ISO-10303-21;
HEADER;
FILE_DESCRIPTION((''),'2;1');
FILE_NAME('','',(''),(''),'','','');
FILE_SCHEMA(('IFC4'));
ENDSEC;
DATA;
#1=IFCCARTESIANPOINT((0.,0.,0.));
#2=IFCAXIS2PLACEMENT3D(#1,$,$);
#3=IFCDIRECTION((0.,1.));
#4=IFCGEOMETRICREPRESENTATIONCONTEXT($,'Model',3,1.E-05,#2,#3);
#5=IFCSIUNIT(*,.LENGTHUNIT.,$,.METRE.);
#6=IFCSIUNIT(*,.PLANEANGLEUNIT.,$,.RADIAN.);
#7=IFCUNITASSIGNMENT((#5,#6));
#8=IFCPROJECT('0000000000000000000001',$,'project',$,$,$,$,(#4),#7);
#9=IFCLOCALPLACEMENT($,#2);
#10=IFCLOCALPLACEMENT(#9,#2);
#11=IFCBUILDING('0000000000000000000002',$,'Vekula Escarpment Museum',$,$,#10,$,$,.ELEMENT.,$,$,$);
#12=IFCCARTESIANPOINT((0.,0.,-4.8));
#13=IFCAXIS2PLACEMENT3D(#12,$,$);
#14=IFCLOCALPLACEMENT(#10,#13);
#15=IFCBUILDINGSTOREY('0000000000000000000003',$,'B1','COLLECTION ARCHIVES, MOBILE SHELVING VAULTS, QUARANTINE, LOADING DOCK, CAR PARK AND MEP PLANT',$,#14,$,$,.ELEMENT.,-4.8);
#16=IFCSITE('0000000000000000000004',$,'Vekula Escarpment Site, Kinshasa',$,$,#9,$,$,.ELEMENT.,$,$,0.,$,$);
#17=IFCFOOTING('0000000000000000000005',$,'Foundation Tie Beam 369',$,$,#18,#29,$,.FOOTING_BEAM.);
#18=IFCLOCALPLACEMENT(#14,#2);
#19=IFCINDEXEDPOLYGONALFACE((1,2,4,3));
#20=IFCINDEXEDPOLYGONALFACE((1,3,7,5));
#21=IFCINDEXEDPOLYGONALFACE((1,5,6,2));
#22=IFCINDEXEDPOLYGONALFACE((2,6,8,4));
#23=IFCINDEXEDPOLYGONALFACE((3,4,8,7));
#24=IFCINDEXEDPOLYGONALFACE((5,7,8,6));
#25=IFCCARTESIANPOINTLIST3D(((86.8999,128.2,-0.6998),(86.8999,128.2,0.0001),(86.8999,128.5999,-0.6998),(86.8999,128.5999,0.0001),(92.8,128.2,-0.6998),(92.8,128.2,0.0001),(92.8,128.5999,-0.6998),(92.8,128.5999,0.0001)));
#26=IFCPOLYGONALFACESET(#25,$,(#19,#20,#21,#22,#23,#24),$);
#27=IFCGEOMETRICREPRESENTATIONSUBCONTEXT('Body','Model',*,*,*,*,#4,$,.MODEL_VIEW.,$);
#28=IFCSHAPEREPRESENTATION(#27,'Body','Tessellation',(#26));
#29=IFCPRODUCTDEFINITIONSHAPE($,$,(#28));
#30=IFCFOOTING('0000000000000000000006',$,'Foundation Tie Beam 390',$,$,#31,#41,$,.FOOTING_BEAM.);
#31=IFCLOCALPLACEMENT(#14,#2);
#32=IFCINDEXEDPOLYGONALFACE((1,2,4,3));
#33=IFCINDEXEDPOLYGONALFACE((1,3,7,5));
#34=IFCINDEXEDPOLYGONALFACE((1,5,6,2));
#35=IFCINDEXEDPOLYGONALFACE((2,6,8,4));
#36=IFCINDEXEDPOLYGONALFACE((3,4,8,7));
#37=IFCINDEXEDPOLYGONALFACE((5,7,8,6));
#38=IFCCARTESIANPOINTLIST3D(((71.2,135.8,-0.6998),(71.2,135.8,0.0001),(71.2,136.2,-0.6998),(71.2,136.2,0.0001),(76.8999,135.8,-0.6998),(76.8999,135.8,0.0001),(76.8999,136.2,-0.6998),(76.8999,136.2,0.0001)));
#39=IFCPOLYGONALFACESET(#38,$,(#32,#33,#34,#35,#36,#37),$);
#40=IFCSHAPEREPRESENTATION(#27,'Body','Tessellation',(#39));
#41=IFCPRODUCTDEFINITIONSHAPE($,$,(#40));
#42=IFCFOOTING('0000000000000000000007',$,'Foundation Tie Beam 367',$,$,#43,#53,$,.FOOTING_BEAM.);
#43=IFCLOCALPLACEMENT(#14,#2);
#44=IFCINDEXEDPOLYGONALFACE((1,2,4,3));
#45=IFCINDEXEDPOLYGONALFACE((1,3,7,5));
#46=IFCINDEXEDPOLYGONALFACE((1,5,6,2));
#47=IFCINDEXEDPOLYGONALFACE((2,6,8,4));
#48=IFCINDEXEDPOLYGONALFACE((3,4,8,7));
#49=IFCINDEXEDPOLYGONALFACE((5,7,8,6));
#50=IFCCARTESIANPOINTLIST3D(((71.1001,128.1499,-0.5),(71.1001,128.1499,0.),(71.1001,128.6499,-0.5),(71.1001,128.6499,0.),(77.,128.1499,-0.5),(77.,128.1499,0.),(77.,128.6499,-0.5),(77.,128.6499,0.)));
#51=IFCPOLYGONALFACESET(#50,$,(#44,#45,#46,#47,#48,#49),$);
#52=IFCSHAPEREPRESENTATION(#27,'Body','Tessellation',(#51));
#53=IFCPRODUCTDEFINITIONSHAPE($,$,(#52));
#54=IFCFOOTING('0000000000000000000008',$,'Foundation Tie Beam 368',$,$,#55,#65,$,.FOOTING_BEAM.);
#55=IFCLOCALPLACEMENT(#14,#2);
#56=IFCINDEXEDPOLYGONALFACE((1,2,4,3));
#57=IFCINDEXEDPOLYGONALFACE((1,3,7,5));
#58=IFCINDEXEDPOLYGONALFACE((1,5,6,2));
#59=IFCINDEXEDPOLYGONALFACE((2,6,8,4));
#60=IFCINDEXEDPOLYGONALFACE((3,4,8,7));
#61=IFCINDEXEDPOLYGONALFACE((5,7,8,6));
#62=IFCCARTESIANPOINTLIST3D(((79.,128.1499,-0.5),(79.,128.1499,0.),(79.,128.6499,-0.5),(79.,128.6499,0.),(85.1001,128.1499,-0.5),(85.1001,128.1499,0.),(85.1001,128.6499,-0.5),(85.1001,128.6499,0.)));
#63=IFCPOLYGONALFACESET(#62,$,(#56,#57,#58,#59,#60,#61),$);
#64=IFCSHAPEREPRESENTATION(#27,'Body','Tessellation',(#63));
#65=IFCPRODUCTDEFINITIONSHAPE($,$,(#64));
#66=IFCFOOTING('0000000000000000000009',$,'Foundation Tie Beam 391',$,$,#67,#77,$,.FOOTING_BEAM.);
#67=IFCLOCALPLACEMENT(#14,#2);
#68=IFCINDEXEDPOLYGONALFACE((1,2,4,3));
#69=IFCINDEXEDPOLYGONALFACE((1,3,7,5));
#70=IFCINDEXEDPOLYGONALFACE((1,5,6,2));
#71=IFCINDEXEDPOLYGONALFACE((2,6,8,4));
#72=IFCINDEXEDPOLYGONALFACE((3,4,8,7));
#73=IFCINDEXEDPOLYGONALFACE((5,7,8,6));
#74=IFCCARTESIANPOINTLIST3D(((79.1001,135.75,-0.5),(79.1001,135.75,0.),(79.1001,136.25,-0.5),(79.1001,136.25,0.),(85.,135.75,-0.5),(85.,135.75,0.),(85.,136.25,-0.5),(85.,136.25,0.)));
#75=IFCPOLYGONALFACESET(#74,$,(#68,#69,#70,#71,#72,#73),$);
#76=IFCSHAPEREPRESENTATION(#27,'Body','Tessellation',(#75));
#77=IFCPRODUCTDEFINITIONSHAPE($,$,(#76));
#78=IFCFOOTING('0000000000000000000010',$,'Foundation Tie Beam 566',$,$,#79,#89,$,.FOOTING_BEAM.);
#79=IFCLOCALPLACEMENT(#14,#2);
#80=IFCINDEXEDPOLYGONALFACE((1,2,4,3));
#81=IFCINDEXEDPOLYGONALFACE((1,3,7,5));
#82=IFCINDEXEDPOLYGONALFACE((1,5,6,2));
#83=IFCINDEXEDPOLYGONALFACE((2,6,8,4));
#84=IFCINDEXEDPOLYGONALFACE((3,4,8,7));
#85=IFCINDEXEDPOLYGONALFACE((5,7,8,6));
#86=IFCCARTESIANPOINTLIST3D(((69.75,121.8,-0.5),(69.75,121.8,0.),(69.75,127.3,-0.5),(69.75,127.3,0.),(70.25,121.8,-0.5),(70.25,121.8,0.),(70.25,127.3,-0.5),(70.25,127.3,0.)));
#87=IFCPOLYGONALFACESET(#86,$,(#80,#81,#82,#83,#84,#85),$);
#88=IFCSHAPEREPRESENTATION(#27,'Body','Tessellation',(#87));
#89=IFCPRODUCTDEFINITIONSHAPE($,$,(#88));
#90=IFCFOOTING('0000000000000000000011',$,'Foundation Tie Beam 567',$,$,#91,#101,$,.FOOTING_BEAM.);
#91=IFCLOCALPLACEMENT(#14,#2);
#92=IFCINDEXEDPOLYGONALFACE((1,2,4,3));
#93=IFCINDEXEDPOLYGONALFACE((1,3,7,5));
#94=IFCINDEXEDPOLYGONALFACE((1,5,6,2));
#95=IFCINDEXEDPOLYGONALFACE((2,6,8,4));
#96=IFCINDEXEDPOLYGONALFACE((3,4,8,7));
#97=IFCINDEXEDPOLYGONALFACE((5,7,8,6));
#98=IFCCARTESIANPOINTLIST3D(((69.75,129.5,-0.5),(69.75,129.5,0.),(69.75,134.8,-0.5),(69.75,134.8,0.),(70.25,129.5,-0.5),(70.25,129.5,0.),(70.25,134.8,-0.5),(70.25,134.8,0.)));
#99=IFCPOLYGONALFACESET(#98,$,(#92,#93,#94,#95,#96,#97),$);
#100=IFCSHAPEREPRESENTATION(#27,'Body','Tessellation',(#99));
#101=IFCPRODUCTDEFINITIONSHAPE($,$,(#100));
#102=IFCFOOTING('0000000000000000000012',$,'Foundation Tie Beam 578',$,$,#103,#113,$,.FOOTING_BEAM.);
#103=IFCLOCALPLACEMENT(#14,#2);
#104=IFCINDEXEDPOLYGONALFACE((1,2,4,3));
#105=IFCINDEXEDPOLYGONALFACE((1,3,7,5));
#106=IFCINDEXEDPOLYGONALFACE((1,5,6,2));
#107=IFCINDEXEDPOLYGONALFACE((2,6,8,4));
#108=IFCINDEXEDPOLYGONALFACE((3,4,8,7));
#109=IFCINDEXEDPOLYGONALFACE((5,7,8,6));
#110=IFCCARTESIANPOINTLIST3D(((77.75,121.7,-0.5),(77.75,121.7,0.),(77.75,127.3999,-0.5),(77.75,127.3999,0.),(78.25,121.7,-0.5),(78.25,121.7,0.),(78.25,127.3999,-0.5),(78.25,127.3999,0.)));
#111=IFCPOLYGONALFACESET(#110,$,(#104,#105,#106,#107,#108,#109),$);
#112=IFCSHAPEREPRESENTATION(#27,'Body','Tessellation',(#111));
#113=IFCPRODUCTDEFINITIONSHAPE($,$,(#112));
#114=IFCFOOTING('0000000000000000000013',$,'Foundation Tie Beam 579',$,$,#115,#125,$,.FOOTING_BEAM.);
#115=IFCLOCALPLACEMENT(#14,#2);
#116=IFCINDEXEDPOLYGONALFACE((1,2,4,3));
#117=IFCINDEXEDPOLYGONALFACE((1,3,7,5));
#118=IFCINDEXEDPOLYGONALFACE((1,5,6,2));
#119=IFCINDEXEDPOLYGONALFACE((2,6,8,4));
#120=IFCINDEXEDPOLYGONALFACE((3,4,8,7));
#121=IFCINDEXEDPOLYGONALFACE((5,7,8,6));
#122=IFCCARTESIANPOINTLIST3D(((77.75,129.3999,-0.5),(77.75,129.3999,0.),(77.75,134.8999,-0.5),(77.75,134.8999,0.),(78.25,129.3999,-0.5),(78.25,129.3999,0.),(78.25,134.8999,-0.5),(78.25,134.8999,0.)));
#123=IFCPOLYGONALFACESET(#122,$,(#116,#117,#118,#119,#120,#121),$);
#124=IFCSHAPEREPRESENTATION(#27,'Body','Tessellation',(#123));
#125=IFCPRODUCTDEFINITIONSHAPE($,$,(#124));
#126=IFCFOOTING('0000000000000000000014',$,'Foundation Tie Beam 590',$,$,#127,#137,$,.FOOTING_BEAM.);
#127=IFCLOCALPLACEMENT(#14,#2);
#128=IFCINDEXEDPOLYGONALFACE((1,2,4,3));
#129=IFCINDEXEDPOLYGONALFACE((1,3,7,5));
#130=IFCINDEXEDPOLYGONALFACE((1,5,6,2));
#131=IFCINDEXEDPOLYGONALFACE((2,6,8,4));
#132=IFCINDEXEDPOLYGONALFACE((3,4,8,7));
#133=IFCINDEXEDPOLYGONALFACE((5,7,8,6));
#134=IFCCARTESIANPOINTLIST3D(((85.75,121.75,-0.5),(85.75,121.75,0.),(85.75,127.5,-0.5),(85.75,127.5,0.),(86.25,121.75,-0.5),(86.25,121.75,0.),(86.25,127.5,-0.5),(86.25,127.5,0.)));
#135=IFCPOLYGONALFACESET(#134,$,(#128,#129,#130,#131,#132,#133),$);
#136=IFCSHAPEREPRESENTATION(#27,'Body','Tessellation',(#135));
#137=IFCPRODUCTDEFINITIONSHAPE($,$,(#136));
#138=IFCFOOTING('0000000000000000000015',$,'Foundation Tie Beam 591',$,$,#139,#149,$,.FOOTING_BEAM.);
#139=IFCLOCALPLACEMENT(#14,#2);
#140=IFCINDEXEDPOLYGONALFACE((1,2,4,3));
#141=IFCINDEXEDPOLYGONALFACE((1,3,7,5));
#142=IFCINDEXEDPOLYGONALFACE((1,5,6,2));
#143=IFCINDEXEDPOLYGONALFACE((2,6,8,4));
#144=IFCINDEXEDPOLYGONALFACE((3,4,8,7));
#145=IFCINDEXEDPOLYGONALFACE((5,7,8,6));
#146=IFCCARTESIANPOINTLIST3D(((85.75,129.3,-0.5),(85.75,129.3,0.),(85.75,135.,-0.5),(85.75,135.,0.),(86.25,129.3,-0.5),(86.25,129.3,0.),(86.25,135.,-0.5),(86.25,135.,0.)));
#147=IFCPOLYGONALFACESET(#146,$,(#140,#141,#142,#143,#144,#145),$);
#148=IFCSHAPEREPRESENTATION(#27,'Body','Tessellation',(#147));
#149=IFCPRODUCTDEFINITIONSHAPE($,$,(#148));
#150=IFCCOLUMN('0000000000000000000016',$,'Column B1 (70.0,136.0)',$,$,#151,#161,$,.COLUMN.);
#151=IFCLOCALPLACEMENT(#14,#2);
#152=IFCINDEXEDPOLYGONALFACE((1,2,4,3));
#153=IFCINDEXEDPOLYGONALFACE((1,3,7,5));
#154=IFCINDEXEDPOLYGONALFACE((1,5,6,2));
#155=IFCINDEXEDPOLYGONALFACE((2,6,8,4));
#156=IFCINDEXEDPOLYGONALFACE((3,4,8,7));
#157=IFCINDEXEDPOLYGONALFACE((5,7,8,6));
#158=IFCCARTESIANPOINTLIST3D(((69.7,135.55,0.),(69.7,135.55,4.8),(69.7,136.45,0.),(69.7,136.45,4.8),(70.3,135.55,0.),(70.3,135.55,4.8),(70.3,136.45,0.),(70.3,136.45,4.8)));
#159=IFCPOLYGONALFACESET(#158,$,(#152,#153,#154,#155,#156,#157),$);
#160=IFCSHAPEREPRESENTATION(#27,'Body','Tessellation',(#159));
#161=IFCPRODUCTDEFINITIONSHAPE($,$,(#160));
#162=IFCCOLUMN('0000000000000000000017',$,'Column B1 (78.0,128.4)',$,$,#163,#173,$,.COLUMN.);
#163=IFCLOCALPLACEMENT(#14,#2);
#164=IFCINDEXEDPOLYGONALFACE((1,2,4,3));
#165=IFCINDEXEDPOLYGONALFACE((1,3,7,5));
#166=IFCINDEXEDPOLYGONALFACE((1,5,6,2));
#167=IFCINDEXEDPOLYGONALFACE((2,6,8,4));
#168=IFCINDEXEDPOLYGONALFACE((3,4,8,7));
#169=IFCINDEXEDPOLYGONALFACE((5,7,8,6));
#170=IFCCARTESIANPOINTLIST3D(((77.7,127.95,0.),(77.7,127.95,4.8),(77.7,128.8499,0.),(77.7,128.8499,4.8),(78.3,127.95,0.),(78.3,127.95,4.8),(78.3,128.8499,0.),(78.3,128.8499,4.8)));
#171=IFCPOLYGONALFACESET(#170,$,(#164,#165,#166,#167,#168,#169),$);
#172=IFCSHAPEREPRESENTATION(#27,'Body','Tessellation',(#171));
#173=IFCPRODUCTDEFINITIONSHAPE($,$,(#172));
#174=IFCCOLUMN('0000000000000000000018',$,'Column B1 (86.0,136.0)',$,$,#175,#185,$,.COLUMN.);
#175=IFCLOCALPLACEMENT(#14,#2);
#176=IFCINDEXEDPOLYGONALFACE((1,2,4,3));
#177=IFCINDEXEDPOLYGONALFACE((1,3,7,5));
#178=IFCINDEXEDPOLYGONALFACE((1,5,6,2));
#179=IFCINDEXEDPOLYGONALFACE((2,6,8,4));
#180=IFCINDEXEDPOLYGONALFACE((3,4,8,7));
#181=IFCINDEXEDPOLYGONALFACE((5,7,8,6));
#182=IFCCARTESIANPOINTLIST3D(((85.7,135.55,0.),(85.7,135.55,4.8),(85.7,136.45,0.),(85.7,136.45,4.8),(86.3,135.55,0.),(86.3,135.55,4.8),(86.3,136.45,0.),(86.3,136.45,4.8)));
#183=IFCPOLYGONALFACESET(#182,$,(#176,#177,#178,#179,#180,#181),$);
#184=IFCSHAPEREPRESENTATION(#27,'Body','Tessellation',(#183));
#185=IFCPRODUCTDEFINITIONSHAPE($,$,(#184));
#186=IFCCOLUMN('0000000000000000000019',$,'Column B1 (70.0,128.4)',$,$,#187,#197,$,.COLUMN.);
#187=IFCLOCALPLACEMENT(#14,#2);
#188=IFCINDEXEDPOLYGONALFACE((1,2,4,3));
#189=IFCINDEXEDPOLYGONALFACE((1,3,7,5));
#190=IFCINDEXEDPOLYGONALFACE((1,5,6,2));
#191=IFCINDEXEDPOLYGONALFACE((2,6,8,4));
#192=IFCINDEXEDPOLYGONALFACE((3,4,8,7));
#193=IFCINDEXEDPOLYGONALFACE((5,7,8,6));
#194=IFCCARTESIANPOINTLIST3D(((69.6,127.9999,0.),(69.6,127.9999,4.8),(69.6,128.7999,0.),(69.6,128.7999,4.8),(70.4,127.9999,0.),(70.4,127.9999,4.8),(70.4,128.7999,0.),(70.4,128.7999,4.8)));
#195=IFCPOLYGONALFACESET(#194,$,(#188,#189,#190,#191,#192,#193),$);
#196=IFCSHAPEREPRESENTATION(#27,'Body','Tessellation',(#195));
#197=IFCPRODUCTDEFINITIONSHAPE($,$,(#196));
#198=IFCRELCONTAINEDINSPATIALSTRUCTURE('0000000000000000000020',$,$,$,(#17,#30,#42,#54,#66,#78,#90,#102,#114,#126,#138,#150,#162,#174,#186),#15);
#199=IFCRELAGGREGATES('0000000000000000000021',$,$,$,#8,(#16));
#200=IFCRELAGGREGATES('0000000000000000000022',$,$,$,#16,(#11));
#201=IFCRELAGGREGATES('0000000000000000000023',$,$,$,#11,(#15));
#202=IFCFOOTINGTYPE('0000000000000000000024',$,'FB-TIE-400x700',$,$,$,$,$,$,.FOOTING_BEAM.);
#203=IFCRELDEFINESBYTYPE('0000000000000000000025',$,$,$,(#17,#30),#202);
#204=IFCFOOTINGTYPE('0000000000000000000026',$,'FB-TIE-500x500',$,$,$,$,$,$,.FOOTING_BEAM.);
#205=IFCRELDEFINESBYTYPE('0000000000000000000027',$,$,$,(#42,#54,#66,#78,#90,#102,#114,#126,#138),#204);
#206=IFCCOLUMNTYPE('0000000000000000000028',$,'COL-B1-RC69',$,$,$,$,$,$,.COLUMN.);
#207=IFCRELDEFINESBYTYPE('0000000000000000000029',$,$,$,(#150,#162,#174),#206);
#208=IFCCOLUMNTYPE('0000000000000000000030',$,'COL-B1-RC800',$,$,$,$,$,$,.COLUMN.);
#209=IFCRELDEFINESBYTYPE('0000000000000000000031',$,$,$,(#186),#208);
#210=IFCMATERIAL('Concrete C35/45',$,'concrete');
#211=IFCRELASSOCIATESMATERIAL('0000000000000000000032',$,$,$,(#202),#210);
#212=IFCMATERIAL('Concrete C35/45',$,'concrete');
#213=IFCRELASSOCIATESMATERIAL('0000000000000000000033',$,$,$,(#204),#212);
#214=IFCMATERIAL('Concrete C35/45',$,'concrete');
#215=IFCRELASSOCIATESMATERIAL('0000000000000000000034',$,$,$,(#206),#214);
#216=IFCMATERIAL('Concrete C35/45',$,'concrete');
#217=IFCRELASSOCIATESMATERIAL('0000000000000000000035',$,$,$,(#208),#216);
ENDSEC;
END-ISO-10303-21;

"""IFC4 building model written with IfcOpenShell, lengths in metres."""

from ifc_helpers import new_model, si_unit, direction, frame, origin, origin_2d, place, context, subcontext, project, spatial, rectangle, extrude, material, material_profile, profile_set, type_object, element, save


model = new_model("IFC4")

# Units and contexts
model_context = context("Model", 3, precision=1e-05, world=origin(), true_north=direction((0.0, 1.0)))
body_context = subcontext(model_context, "Body", "Model", "MODEL_VIEW")
ifc_project = project(units=[si_unit("LENGTHUNIT", "METRE"), si_unit("PLANEANGLEUNIT", "RADIAN")], contexts=[model_context])

# Site, building, storey
site_placement = place(None, origin())
site = spatial("IfcSite", under=ifc_project, at=site_placement, Name="Vekula Escarpment Site, Kinshasa", CompositionType="ELEMENT", RefElevation=0.0)
building_placement = place(site_placement, origin())
building = spatial("IfcBuilding", under=site, at=building_placement, Name="Vekula Escarpment Museum", CompositionType="ELEMENT")
storey_placement = place(building_placement, frame((0.0, 0.0, -4.8)))
storey = spatial("IfcBuildingStorey", under=building, at=storey_placement, Name="B1", Description="COLLECTION ARCHIVES, MOBILE SHELVING VAULTS, QUARANTINE, LOADING DOCK, CAR PARK AND MEP PLANT", CompositionType="ELEMENT", Elevation=-4.8)

# Footings
ifc_material_1 = material(Name="Concrete C35/45", Category="concrete")
ifc_material_profile_1 = material_profile(ifc_material_1, rectangle(XDim=0.3999, YDim=0.7, at=origin_2d()), Name="RC 400x700")
ifc_profile_set_1 = profile_set([ifc_material_profile_1], Name="Concrete C35/45")
footing_type_1 = type_object("IfcFootingType", Name="FB-TIE-400x700", PredefinedType="FOOTING_BEAM", material=ifc_profile_set_1)
footing_1_placement = place(storey_placement, frame((86.8999, 128.3999, -0.3499), z_axis=(1.0, 0.0, 0.0), x_axis=(0.0, 1.0, 0.0)))
element("IfcFooting", 1, at=footing_1_placement, inside=storey, type_object=footing_type_1, Name="Foundation Tie Beam 369", PredefinedType="FOOTING_BEAM", context=body_context, shape_type="SweptSolid", body=[
    extrude(rectangle(XDim=0.3999, YDim=0.7, at=origin_2d()), origin(), (0.0, 0.0, 1.0), 5.9001),
])
footing_2_placement = place(storey_placement, frame((71.2, 136.0, -0.3499), z_axis=(1.0, 0.0, 0.0), x_axis=(0.0, 1.0, 0.0)))
element("IfcFooting", 2, at=footing_2_placement, inside=storey, type_object=footing_type_1, Name="Foundation Tie Beam 390", PredefinedType="FOOTING_BEAM", context=body_context, shape_type="SweptSolid", body=[
    extrude(rectangle(XDim=0.3999, YDim=0.7, at=origin_2d()), origin(), (0.0, 0.0, 1.0), 5.7),
])
ifc_material_2 = material(Name="Concrete C35/45", Category="concrete")
ifc_material_profile_2 = material_profile(ifc_material_2, rectangle(XDim=0.5, YDim=0.5, at=origin_2d()), Name="RC 500x500")
ifc_profile_set_2 = profile_set([ifc_material_profile_2], Name="Concrete C35/45")
footing_type_2 = type_object("IfcFootingType", Name="FB-TIE-500x500", PredefinedType="FOOTING_BEAM", material=ifc_profile_set_2)
footing_3_placement = place(storey_placement, frame((71.1001, 128.3999, -0.25), z_axis=(1.0, 0.0, 0.0), x_axis=(0.0, 1.0, 0.0)))
element("IfcFooting", 3, at=footing_3_placement, inside=storey, type_object=footing_type_2, Name="Foundation Tie Beam 367", PredefinedType="FOOTING_BEAM", context=body_context, shape_type="SweptSolid", body=[
    extrude(rectangle(XDim=0.5, YDim=0.5, at=origin_2d()), origin(), (0.0, 0.0, 1.0), 5.8999),
])
footing_4_placement = place(storey_placement, frame((79.0, 128.3999, -0.25), z_axis=(1.0, 0.0, 0.0), x_axis=(0.0, 1.0, 0.0)))
element("IfcFooting", 4, at=footing_4_placement, inside=storey, type_object=footing_type_2, Name="Foundation Tie Beam 368", PredefinedType="FOOTING_BEAM", context=body_context, shape_type="SweptSolid", body=[
    extrude(rectangle(XDim=0.5, YDim=0.5, at=origin_2d()), origin(), (0.0, 0.0, 1.0), 6.1001),
])
footing_5_placement = place(storey_placement, frame((79.1001, 136.0, -0.25), z_axis=(1.0, 0.0, 0.0), x_axis=(0.0, 1.0, 0.0)))
element("IfcFooting", 5, at=footing_5_placement, inside=storey, type_object=footing_type_2, Name="Foundation Tie Beam 391", PredefinedType="FOOTING_BEAM", context=body_context, shape_type="SweptSolid", body=[
    extrude(rectangle(XDim=0.5, YDim=0.5, at=origin_2d()), origin(), (0.0, 0.0, 1.0), 5.8999),
])
footing_6_placement = place(storey_placement, frame((70.0, 121.8, -0.25), z_axis=(0.0, 1.0, 0.0), x_axis=(-1.0, 0.0, 0.0)))
element("IfcFooting", 6, at=footing_6_placement, inside=storey, type_object=footing_type_2, Name="Foundation Tie Beam 566", PredefinedType="FOOTING_BEAM", context=body_context, shape_type="SweptSolid", body=[
    extrude(rectangle(XDim=0.5, YDim=0.5, at=origin_2d()), origin(), (0.0, 0.0, 1.0), 5.5),
])
footing_7_placement = place(storey_placement, frame((70.0, 129.5, -0.25), z_axis=(0.0, 1.0, 0.0), x_axis=(-1.0, 0.0, 0.0)))
element("IfcFooting", 7, at=footing_7_placement, inside=storey, type_object=footing_type_2, Name="Foundation Tie Beam 567", PredefinedType="FOOTING_BEAM", context=body_context, shape_type="SweptSolid", body=[
    extrude(rectangle(XDim=0.5, YDim=0.5, at=origin_2d()), origin(), (0.0, 0.0, 1.0), 5.3),
])
footing_8_placement = place(storey_placement, frame((78.0, 121.7, -0.25), z_axis=(0.0, 1.0, 0.0), x_axis=(-1.0, 0.0, 0.0)))
element("IfcFooting", 8, at=footing_8_placement, inside=storey, type_object=footing_type_2, Name="Foundation Tie Beam 578", PredefinedType="FOOTING_BEAM", context=body_context, shape_type="SweptSolid", body=[
    extrude(rectangle(XDim=0.5, YDim=0.5, at=origin_2d()), origin(), (0.0, 0.0, 1.0), 5.7),
])
footing_9_placement = place(storey_placement, frame((78.0, 129.3999, -0.25), z_axis=(0.0, 1.0, 0.0), x_axis=(-1.0, 0.0, 0.0)))
element("IfcFooting", 9, at=footing_9_placement, inside=storey, type_object=footing_type_2, Name="Foundation Tie Beam 579", PredefinedType="FOOTING_BEAM", context=body_context, shape_type="SweptSolid", body=[
    extrude(rectangle(XDim=0.5, YDim=0.5, at=origin_2d()), origin(), (0.0, 0.0, 1.0), 5.5),
])
footing_10_placement = place(storey_placement, frame((86.0, 121.75, -0.25), z_axis=(0.0, 1.0, 0.0), x_axis=(-1.0, 0.0, 0.0)))
element("IfcFooting", 10, at=footing_10_placement, inside=storey, type_object=footing_type_2, Name="Foundation Tie Beam 590", PredefinedType="FOOTING_BEAM", context=body_context, shape_type="SweptSolid", body=[
    extrude(rectangle(XDim=0.5, YDim=0.5, at=origin_2d()), origin(), (0.0, 0.0, 1.0), 5.75),
])
footing_11_placement = place(storey_placement, frame((86.0, 129.3, -0.25), z_axis=(0.0, 1.0, 0.0), x_axis=(-1.0, 0.0, 0.0)))
element("IfcFooting", 11, at=footing_11_placement, inside=storey, type_object=footing_type_2, Name="Foundation Tie Beam 591", PredefinedType="FOOTING_BEAM", context=body_context, shape_type="SweptSolid", body=[
    extrude(rectangle(XDim=0.5, YDim=0.5, at=origin_2d()), origin(), (0.0, 0.0, 1.0), 5.7),
])

# Columns
ifc_material_3 = material(Name="Concrete C35/45", Category="concrete")
ifc_material_profile_3 = material_profile(ifc_material_3, rectangle(XDim=0.6001, YDim=0.8999, at=origin_2d()), Name="RC 600x900")
ifc_profile_set_3 = profile_set([ifc_material_profile_3], Name="Concrete C35/45")
column_type_1 = type_object("IfcColumnType", Name="COL-B1-RC69", PredefinedType="COLUMN", material=ifc_profile_set_3)
for number, where, z_axis, x_axis, name in (
    (12, (70.0, 136.0, 0.0), (0.0, 0.0, 1.0), (1.0, 0.0, 0.0), "Column B1 (70.0,136.0)"),
    (13, (78.0, 128.3999, 0.0), (0.0, 0.0, 1.0), (1.0, 0.0, 0.0), "Column B1 (78.0,128.4)"),
    (14, (86.0, 136.0, 0.0), (0.0, 0.0, 1.0), (1.0, 0.0, 0.0), "Column B1 (86.0,136.0)"),
):
    element("IfcColumn", number, at=place(storey_placement, frame(where, z_axis=z_axis, x_axis=x_axis)), inside=storey, type_object=column_type_1, Name=name, PredefinedType="COLUMN", context=body_context, shape_type="SweptSolid", body=[
        extrude(rectangle(XDim=0.6001, YDim=0.8999, at=origin_2d()), origin(), (0.0, 0.0, 1.0), 4.8),
    ])
ifc_material_4 = material(Name="Concrete C35/45", Category="concrete")
ifc_material_profile_4 = material_profile(ifc_material_4, rectangle(XDim=0.8, YDim=0.8, at=origin_2d()), Name="RC 800x800")
ifc_profile_set_4 = profile_set([ifc_material_profile_4], Name="Concrete C35/45")
column_type_2 = type_object("IfcColumnType", Name="COL-B1-RC800", PredefinedType="COLUMN", material=ifc_profile_set_4)
for number, where, z_axis, x_axis, name in (
    (15, (70.0, 128.3999, 0.0), (0.0, 0.0, 1.0), (1.0, 0.0, 0.0), "Column B1 (70.0,128.4)"),
):
    element("IfcColumn", number, at=place(storey_placement, frame(where, z_axis=z_axis, x_axis=x_axis)), inside=storey, type_object=column_type_2, Name=name, PredefinedType="COLUMN", context=body_context, shape_type="SweptSolid", body=[
        extrude(rectangle(XDim=0.8, YDim=0.8, at=origin_2d()), origin(), (0.0, 0.0, 1.0), 4.8),
    ])

save(model, "model.ifc")
